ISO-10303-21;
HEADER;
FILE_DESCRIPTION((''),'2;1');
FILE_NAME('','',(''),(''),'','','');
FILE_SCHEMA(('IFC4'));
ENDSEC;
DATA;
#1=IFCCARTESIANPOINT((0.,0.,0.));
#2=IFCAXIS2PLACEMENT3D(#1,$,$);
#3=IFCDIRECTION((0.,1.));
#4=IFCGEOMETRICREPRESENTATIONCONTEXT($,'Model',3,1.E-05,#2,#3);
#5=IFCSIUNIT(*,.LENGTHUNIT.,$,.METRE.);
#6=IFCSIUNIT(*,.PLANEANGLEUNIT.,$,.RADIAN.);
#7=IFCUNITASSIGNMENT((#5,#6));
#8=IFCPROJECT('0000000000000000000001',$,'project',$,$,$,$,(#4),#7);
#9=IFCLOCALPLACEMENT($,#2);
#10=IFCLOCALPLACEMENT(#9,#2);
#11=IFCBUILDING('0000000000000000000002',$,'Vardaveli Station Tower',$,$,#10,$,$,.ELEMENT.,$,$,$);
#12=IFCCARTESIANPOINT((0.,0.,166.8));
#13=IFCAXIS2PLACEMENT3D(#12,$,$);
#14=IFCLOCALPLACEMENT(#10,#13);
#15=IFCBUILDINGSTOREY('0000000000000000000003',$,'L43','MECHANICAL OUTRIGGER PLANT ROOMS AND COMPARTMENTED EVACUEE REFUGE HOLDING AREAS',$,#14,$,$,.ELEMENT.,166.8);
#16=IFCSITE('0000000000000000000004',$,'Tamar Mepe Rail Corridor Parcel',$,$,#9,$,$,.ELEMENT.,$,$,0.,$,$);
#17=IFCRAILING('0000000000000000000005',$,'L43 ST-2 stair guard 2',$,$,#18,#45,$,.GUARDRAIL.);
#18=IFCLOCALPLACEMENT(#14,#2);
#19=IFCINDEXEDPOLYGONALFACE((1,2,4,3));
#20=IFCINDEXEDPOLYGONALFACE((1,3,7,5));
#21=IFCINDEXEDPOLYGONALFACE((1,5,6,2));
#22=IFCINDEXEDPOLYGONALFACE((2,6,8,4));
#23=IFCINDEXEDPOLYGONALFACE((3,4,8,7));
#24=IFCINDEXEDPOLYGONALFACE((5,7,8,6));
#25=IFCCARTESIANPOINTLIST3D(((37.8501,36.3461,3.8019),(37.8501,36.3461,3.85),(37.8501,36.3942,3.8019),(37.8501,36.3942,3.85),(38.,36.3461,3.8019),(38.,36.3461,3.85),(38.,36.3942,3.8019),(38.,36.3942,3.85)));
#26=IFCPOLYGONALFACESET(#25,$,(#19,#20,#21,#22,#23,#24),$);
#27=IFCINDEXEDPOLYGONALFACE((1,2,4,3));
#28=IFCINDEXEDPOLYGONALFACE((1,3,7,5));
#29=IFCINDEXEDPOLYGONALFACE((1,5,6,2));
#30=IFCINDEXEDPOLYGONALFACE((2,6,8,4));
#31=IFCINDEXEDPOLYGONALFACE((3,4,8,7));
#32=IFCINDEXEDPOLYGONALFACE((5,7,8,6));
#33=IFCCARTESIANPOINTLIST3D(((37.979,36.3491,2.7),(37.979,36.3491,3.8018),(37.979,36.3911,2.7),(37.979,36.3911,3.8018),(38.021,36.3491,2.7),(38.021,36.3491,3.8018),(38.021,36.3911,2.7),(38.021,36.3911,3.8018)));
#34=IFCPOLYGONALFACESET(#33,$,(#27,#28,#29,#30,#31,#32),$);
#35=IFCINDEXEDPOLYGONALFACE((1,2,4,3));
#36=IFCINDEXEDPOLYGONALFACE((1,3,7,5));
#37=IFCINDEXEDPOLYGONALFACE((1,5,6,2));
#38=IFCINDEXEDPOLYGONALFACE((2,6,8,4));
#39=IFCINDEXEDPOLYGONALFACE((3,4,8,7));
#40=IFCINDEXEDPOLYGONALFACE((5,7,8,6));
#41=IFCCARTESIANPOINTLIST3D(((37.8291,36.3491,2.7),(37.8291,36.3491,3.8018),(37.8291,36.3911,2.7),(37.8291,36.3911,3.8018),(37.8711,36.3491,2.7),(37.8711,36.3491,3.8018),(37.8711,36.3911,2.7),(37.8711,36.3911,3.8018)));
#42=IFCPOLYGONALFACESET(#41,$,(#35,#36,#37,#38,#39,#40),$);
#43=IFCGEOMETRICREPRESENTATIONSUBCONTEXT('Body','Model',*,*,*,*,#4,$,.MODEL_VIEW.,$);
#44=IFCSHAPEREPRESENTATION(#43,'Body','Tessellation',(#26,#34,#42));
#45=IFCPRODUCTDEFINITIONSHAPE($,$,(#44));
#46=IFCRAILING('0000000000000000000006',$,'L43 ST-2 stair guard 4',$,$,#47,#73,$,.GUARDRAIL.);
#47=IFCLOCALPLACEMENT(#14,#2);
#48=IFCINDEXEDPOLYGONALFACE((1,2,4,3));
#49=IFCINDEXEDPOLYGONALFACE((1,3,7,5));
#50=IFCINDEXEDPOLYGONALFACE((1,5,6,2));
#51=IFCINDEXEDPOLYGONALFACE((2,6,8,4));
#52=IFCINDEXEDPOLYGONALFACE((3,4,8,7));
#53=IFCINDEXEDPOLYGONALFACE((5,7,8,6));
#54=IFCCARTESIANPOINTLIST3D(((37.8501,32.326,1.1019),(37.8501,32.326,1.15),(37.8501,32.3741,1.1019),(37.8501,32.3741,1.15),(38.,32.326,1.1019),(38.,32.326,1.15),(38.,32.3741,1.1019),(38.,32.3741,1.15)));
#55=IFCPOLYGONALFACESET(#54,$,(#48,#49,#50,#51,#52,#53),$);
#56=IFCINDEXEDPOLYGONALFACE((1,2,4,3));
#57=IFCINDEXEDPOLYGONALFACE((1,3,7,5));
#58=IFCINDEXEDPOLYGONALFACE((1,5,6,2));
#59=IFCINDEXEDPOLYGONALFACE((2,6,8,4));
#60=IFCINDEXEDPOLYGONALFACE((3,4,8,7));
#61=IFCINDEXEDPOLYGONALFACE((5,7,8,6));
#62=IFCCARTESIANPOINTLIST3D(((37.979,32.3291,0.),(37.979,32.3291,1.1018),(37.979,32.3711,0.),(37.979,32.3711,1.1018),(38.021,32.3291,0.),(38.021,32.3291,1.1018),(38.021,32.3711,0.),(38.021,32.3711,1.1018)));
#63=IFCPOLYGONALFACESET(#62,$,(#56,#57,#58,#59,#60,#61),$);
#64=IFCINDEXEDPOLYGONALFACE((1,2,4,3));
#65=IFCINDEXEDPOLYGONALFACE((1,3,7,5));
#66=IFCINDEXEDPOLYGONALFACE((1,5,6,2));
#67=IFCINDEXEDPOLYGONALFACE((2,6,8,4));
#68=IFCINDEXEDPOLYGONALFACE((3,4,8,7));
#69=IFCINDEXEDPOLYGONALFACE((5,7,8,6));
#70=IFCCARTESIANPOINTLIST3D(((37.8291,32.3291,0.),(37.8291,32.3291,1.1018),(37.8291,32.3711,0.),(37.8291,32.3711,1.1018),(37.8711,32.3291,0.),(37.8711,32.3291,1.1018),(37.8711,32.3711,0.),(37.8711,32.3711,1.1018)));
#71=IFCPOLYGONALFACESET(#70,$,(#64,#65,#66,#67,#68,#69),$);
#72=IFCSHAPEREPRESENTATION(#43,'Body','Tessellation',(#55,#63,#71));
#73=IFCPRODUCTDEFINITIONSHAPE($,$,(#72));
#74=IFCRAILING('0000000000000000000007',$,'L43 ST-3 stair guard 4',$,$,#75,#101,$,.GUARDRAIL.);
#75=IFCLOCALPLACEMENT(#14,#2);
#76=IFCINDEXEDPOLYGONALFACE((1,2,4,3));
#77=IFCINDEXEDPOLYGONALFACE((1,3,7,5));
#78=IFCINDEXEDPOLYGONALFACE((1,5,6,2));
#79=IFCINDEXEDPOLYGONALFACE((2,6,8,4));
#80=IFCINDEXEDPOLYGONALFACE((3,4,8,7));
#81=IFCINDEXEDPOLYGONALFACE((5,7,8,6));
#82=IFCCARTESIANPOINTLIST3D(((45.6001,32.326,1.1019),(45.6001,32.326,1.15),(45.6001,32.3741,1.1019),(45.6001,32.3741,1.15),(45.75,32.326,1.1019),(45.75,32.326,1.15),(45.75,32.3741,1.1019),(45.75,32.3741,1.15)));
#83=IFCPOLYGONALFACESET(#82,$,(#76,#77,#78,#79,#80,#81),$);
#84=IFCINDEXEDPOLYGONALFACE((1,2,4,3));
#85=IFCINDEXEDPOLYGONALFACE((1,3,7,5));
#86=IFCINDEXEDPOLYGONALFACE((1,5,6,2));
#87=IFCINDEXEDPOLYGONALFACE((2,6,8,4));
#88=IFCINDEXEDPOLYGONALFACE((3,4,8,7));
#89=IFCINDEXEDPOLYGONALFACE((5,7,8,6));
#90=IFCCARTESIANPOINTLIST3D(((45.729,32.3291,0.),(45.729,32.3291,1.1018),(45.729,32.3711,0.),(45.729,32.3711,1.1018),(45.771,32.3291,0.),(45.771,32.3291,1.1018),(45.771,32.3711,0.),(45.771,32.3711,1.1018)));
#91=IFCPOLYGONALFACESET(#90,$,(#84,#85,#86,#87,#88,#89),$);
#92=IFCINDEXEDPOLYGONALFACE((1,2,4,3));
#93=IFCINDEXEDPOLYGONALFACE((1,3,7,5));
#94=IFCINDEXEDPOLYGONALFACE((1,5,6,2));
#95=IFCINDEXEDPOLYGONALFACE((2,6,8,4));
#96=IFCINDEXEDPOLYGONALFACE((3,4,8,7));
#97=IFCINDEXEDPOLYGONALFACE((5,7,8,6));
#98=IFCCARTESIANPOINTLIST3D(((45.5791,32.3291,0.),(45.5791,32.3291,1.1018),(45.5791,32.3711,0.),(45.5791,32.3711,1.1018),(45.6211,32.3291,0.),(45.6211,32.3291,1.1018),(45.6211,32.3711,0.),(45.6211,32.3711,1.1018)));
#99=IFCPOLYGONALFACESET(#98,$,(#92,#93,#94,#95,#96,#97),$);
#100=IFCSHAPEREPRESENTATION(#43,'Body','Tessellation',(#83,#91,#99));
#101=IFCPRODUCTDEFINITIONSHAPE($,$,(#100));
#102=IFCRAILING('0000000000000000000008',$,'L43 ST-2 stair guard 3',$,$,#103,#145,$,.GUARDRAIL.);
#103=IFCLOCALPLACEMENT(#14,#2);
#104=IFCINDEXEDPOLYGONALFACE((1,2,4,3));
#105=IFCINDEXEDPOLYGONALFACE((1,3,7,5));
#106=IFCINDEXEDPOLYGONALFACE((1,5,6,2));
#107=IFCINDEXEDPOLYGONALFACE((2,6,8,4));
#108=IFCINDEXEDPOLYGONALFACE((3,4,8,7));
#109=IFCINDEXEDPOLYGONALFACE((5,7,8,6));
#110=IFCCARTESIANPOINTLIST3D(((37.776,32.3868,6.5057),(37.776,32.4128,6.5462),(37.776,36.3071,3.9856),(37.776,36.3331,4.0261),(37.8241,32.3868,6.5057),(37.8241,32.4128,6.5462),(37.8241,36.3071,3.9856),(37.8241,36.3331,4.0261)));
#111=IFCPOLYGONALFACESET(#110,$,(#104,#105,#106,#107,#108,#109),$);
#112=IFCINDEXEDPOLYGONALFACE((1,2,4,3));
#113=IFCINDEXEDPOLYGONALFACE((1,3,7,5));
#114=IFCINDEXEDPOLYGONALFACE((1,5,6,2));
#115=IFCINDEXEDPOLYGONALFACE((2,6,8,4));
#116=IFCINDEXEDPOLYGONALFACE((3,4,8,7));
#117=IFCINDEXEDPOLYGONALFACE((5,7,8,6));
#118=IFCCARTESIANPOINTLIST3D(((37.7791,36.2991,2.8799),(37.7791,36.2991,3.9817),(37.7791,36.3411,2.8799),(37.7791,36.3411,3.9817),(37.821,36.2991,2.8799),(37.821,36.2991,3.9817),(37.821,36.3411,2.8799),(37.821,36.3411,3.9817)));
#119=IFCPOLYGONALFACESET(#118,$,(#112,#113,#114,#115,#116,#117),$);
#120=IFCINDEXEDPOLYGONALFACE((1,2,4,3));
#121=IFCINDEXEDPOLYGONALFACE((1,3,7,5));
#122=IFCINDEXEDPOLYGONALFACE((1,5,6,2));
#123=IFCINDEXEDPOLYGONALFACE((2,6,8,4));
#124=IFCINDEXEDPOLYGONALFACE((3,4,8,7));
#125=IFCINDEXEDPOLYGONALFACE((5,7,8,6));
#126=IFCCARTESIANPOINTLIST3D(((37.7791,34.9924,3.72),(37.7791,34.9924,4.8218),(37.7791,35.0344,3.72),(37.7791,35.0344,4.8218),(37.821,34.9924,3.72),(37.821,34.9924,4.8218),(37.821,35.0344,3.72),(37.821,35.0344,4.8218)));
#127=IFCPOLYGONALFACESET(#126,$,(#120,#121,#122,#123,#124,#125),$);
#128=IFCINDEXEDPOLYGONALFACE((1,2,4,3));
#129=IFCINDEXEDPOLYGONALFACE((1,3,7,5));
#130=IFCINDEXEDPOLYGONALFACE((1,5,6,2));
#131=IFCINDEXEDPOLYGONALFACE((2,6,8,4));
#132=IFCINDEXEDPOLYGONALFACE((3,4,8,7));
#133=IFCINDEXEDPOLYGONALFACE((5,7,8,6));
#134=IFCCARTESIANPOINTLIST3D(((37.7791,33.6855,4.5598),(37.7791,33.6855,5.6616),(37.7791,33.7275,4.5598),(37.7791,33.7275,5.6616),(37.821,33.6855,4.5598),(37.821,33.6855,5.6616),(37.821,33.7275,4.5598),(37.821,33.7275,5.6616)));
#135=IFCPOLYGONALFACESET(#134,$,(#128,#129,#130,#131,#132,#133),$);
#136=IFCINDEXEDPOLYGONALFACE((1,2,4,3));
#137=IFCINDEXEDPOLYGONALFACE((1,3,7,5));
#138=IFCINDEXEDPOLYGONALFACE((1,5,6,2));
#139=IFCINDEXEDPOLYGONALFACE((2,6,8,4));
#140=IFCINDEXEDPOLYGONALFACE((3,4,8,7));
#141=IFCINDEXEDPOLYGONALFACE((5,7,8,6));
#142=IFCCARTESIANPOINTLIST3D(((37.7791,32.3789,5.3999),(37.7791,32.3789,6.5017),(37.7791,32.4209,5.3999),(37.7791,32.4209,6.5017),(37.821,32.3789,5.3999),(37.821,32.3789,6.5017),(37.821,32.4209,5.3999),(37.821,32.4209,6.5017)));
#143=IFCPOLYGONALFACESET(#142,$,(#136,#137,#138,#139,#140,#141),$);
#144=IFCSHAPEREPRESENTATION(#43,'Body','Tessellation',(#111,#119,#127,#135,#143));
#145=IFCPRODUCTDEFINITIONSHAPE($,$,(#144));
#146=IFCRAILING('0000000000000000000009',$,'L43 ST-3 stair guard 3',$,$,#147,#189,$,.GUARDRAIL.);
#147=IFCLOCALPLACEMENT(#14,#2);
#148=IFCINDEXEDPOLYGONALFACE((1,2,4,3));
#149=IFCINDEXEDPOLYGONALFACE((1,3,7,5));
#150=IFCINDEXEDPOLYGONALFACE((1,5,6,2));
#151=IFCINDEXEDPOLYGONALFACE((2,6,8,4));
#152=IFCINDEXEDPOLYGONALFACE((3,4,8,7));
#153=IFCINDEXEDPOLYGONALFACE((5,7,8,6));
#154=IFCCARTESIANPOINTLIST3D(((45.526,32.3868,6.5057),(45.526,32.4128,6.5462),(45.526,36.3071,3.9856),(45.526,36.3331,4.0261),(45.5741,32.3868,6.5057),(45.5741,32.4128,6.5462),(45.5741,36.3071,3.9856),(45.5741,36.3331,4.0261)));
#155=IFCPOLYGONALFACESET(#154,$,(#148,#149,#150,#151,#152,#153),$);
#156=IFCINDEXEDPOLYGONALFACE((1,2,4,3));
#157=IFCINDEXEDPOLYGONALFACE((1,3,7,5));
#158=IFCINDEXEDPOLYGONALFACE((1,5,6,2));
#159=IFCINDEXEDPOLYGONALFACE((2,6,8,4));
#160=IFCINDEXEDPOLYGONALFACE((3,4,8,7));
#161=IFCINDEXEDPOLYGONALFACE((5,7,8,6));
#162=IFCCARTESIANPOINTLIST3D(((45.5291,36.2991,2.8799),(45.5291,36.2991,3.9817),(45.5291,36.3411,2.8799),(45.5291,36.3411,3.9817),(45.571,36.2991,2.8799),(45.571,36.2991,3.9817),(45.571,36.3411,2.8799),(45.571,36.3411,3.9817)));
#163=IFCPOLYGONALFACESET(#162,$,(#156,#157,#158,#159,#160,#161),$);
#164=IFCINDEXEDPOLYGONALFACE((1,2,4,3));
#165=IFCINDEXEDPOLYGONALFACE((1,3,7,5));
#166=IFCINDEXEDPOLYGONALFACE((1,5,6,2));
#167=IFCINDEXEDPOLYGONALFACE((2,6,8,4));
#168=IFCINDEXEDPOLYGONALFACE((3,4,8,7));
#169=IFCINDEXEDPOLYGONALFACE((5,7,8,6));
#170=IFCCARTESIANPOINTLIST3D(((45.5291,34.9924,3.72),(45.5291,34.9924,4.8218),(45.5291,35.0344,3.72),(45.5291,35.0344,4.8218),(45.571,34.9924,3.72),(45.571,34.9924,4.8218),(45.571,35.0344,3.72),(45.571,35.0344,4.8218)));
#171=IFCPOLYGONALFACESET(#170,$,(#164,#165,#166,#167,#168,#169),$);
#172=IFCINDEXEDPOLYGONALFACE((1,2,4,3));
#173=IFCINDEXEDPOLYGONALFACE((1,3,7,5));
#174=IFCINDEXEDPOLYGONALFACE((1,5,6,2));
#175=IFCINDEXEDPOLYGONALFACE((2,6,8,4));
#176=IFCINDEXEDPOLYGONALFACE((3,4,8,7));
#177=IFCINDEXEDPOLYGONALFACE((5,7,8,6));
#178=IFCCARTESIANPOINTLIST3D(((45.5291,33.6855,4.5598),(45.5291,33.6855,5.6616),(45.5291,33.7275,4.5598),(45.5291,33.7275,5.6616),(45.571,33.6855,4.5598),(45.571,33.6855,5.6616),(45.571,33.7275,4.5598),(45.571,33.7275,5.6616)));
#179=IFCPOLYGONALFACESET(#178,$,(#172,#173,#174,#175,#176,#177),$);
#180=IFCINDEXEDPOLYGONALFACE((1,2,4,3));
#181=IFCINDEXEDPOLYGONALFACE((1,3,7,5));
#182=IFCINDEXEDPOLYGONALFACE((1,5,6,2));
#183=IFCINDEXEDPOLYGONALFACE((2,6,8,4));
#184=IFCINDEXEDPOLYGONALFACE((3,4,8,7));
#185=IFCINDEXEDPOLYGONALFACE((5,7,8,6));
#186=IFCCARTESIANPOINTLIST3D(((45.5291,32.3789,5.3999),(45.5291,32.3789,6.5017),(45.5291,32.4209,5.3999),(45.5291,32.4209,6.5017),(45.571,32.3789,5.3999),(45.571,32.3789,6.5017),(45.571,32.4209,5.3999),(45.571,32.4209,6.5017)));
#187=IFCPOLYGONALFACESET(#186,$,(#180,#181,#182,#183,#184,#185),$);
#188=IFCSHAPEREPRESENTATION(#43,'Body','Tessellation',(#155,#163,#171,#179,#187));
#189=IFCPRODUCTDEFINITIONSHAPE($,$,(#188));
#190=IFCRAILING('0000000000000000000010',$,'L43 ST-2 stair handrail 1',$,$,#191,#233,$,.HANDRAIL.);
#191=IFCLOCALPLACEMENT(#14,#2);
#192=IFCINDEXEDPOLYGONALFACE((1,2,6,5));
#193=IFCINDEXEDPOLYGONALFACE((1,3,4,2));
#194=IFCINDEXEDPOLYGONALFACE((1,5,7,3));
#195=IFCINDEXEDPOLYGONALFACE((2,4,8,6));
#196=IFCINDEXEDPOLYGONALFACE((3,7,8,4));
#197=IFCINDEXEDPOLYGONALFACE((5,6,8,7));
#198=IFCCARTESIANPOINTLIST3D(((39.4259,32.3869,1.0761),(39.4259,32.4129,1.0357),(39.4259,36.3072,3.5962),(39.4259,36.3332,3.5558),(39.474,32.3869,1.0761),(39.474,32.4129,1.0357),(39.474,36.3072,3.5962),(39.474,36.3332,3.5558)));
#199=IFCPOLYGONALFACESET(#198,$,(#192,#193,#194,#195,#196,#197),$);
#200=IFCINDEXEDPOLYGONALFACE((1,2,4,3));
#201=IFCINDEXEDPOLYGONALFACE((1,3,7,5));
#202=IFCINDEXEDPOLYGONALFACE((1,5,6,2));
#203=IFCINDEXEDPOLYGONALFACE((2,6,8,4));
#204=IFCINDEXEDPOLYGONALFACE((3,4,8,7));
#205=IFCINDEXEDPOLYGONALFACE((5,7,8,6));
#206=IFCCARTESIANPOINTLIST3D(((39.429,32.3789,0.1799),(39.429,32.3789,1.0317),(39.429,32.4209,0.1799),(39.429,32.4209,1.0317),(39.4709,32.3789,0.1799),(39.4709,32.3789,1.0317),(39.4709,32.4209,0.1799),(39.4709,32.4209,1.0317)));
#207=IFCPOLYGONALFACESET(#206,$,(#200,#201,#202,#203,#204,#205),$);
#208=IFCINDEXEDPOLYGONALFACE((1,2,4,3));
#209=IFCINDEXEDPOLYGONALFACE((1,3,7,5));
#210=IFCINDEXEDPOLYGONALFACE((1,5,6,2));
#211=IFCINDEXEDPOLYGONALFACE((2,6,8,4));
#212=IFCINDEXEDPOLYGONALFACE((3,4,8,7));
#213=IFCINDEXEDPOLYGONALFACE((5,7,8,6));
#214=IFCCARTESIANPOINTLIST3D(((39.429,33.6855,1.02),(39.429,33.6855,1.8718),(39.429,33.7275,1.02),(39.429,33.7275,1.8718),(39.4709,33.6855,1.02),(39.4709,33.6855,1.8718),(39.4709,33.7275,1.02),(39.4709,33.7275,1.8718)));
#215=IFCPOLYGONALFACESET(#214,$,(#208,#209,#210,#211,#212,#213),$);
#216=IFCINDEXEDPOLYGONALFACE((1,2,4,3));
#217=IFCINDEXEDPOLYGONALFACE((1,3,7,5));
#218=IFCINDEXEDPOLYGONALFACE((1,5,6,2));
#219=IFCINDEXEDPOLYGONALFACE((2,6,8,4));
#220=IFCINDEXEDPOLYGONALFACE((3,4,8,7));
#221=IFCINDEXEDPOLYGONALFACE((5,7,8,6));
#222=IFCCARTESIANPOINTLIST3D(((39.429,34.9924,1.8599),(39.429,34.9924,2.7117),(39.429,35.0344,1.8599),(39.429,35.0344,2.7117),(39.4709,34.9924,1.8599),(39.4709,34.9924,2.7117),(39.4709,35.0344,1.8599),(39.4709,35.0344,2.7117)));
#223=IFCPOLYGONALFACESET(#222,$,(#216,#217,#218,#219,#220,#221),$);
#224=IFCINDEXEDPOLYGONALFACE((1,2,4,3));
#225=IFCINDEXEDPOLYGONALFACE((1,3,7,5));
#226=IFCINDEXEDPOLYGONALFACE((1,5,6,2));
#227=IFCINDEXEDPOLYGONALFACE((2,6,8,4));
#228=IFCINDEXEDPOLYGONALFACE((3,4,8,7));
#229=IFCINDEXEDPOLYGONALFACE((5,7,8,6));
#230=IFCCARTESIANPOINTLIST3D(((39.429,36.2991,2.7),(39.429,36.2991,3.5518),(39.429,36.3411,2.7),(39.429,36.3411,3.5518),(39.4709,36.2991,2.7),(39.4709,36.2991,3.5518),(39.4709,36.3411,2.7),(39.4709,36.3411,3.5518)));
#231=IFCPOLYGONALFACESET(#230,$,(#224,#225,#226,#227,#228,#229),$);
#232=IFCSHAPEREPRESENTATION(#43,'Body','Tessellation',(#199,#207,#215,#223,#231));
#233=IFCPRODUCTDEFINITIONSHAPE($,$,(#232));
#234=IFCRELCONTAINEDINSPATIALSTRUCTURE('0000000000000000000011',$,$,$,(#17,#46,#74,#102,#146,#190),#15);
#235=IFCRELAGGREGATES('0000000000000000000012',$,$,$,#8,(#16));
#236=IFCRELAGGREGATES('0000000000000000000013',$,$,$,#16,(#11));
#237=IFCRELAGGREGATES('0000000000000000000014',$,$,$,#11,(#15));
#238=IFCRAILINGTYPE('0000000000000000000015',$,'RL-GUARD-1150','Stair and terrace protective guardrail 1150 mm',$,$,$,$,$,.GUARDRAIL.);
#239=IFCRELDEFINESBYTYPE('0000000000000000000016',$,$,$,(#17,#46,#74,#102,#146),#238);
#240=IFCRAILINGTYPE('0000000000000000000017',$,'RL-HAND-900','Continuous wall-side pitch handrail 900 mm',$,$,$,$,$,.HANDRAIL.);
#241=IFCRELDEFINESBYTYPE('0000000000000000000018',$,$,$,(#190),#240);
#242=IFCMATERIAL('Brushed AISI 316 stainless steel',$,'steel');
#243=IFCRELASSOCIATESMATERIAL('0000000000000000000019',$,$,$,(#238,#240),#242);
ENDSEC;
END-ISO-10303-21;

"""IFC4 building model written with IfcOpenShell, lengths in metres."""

from ifc_helpers import new_model, si_unit, direction, frame, origin, origin_2d, place, context, subcontext, project, spatial, rectangle, extrude, source, transform, mapped, material, type_object, element, save


model = new_model("IFC4")

# Units and contexts
model_context = context("Model", 3, precision=1e-05, world=origin(), true_north=direction((0.0, 1.0)))
body_context = subcontext(model_context, "Body", "Model", "MODEL_VIEW")
ifc_project = project(units=[si_unit("LENGTHUNIT", "METRE"), si_unit("PLANEANGLEUNIT", "RADIAN")], contexts=[model_context])

# Site, building, storey
site_placement = place(None, origin())
site = spatial("IfcSite", under=ifc_project, at=site_placement, Name="Tamar Mepe Rail Corridor Parcel", CompositionType="ELEMENT", RefElevation=0.0)
building_placement = place(site_placement, origin())
building = spatial("IfcBuilding", under=site, at=building_placement, Name="Vardaveli Station Tower", CompositionType="ELEMENT")
storey_placement = place(building_placement, frame((0.0, 0.0, 166.8)))
storey = spatial("IfcBuildingStorey", under=building, at=storey_placement, Name="L43", Description="MECHANICAL OUTRIGGER PLANT ROOMS AND COMPARTMENTED EVACUEE REFUGE HOLDING AREAS", CompositionType="ELEMENT", Elevation=166.8)

# Railings
ifc_material_1 = material(Name="Brushed AISI 316 stainless steel", Category="steel")
railing_type_1 = type_object("IfcRailingType", Name="RL-GUARD-1150", Description="Stair and terrace protective guardrail 1150 mm", PredefinedType="GUARDRAIL", material=ifc_material_1)
shared_shape_1 = source(origin(), body_context, "Body", "SweptSolid", [
    extrude(rectangle(XDim=0.0481, YDim=0.0481, at=origin_2d()), frame((0.0, 0.0, 1.126), z_axis=(-1.0, 0.0, 0.0), x_axis=(0.0, -1.0, 0.0)), (0.0, 0.0, 1.0), 0.1499),
    extrude(rectangle(XDim=0.042, YDim=0.042, at=origin_2d()), origin(), (0.0, 0.0, 1.0), 1.1018),
    extrude(rectangle(XDim=0.042, YDim=0.042, at=origin_2d()), frame((-0.1499, 0.0, 0.0)), (0.0, 0.0, 1.0), 1.1018),
])
for number, where, name in (
    (1, (38.0, 36.3701, 2.7), "L43 ST-2 stair guard 2"),
    (2, (38.0, 32.3501, 0.0), "L43 ST-2 stair guard 4"),
    (3, (45.75, 32.3501, 0.0), "L43 ST-3 stair guard 4"),
):
    element("IfcRailing", number, at=place(storey_placement, frame(where)), inside=storey, type_object=railing_type_1, Name=name, PredefinedType="GUARDRAIL", context=body_context, shape_type="MappedRepresentation", body=[
        mapped(shared_shape_1, transform((0.0, 0.0, 0.0), scale=1.0)),
    ])
shared_shape_2 = source(origin(), body_context, "Body", "SweptSolid", [
    extrude(rectangle(XDim=0.0481, YDim=0.0481, at=origin_2d()), frame((0.0, 0.0, 1.126), z_axis=(0.0, -0.841187, 0.540744), x_axis=(1.0, 0.0, 0.0)), (0.0, 0.0, 1.0), 4.6604),
    extrude(rectangle(XDim=0.042, YDim=0.042, at=origin_2d()), origin(), (0.0, 0.0, 1.0), 1.1018),
    extrude(rectangle(XDim=0.042, YDim=0.042, at=origin_2d()), frame((0.0, -1.3066, 0.8401)), (0.0, 0.0, 1.0), 1.1018),
    extrude(rectangle(XDim=0.042, YDim=0.042, at=origin_2d()), frame((0.0, -2.6135, 1.6799)), (0.0, 0.0, 1.0), 1.1018),
    extrude(rectangle(XDim=0.042, YDim=0.042, at=origin_2d()), frame((0.0, -3.9202, 2.52)), (0.0, 0.0, 1.0), 1.1018),
])
for number, where, name in (
    (4, (37.8, 36.3201, 2.8799), "L43 ST-2 stair guard 3"),
    (5, (45.55, 36.3201, 2.8799), "L43 ST-3 stair guard 3"),
):
    element("IfcRailing", number, at=place(storey_placement, frame(where)), inside=storey, type_object=railing_type_1, Name=name, PredefinedType="GUARDRAIL", context=body_context, shape_type="MappedRepresentation", body=[
        mapped(shared_shape_2, transform((0.0, 0.0, 0.0), scale=1.0)),
    ])
railing_type_2 = type_object("IfcRailingType", Name="RL-HAND-900", Description="Continuous wall-side pitch handrail 900 mm", PredefinedType="HANDRAIL", material=ifc_material_1)
shared_shape_3 = source(origin(), body_context, "Body", "SweptSolid", [
    extrude(rectangle(XDim=0.0481, YDim=0.0481, at=origin_2d()), frame((0.0, 0.0, 0.876), z_axis=(0.0, 0.841187, 0.540744), x_axis=(-1.0, 0.0, 0.0)), (0.0, 0.0, 1.0), 4.6604),
    extrude(rectangle(XDim=0.042, YDim=0.042, at=origin_2d()), origin(), (0.0, 0.0, 1.0), 0.8518),
    extrude(rectangle(XDim=0.042, YDim=0.042, at=origin_2d()), frame((0.0, 1.3066, 0.8401)), (0.0, 0.0, 1.0), 0.8518),
    extrude(rectangle(XDim=0.042, YDim=0.042, at=origin_2d()), frame((0.0, 2.6135, 1.6799)), (0.0, 0.0, 1.0), 0.8518),
    extrude(rectangle(XDim=0.042, YDim=0.042, at=origin_2d()), frame((0.0, 3.9202, 2.52)), (0.0, 0.0, 1.0), 0.8518),
])
railing_1_placement = place(storey_placement, frame((39.45, 32.3999, 0.1799)))
element("IfcRailing", 6, at=railing_1_placement, inside=storey, type_object=railing_type_2, Name="L43 ST-2 stair handrail 1", PredefinedType="HANDRAIL", context=body_context, shape_type="MappedRepresentation", body=[
    mapped(shared_shape_3, transform((0.0, 0.0, 0.0), scale=1.0)),
])

save(model, "model.ifc")
